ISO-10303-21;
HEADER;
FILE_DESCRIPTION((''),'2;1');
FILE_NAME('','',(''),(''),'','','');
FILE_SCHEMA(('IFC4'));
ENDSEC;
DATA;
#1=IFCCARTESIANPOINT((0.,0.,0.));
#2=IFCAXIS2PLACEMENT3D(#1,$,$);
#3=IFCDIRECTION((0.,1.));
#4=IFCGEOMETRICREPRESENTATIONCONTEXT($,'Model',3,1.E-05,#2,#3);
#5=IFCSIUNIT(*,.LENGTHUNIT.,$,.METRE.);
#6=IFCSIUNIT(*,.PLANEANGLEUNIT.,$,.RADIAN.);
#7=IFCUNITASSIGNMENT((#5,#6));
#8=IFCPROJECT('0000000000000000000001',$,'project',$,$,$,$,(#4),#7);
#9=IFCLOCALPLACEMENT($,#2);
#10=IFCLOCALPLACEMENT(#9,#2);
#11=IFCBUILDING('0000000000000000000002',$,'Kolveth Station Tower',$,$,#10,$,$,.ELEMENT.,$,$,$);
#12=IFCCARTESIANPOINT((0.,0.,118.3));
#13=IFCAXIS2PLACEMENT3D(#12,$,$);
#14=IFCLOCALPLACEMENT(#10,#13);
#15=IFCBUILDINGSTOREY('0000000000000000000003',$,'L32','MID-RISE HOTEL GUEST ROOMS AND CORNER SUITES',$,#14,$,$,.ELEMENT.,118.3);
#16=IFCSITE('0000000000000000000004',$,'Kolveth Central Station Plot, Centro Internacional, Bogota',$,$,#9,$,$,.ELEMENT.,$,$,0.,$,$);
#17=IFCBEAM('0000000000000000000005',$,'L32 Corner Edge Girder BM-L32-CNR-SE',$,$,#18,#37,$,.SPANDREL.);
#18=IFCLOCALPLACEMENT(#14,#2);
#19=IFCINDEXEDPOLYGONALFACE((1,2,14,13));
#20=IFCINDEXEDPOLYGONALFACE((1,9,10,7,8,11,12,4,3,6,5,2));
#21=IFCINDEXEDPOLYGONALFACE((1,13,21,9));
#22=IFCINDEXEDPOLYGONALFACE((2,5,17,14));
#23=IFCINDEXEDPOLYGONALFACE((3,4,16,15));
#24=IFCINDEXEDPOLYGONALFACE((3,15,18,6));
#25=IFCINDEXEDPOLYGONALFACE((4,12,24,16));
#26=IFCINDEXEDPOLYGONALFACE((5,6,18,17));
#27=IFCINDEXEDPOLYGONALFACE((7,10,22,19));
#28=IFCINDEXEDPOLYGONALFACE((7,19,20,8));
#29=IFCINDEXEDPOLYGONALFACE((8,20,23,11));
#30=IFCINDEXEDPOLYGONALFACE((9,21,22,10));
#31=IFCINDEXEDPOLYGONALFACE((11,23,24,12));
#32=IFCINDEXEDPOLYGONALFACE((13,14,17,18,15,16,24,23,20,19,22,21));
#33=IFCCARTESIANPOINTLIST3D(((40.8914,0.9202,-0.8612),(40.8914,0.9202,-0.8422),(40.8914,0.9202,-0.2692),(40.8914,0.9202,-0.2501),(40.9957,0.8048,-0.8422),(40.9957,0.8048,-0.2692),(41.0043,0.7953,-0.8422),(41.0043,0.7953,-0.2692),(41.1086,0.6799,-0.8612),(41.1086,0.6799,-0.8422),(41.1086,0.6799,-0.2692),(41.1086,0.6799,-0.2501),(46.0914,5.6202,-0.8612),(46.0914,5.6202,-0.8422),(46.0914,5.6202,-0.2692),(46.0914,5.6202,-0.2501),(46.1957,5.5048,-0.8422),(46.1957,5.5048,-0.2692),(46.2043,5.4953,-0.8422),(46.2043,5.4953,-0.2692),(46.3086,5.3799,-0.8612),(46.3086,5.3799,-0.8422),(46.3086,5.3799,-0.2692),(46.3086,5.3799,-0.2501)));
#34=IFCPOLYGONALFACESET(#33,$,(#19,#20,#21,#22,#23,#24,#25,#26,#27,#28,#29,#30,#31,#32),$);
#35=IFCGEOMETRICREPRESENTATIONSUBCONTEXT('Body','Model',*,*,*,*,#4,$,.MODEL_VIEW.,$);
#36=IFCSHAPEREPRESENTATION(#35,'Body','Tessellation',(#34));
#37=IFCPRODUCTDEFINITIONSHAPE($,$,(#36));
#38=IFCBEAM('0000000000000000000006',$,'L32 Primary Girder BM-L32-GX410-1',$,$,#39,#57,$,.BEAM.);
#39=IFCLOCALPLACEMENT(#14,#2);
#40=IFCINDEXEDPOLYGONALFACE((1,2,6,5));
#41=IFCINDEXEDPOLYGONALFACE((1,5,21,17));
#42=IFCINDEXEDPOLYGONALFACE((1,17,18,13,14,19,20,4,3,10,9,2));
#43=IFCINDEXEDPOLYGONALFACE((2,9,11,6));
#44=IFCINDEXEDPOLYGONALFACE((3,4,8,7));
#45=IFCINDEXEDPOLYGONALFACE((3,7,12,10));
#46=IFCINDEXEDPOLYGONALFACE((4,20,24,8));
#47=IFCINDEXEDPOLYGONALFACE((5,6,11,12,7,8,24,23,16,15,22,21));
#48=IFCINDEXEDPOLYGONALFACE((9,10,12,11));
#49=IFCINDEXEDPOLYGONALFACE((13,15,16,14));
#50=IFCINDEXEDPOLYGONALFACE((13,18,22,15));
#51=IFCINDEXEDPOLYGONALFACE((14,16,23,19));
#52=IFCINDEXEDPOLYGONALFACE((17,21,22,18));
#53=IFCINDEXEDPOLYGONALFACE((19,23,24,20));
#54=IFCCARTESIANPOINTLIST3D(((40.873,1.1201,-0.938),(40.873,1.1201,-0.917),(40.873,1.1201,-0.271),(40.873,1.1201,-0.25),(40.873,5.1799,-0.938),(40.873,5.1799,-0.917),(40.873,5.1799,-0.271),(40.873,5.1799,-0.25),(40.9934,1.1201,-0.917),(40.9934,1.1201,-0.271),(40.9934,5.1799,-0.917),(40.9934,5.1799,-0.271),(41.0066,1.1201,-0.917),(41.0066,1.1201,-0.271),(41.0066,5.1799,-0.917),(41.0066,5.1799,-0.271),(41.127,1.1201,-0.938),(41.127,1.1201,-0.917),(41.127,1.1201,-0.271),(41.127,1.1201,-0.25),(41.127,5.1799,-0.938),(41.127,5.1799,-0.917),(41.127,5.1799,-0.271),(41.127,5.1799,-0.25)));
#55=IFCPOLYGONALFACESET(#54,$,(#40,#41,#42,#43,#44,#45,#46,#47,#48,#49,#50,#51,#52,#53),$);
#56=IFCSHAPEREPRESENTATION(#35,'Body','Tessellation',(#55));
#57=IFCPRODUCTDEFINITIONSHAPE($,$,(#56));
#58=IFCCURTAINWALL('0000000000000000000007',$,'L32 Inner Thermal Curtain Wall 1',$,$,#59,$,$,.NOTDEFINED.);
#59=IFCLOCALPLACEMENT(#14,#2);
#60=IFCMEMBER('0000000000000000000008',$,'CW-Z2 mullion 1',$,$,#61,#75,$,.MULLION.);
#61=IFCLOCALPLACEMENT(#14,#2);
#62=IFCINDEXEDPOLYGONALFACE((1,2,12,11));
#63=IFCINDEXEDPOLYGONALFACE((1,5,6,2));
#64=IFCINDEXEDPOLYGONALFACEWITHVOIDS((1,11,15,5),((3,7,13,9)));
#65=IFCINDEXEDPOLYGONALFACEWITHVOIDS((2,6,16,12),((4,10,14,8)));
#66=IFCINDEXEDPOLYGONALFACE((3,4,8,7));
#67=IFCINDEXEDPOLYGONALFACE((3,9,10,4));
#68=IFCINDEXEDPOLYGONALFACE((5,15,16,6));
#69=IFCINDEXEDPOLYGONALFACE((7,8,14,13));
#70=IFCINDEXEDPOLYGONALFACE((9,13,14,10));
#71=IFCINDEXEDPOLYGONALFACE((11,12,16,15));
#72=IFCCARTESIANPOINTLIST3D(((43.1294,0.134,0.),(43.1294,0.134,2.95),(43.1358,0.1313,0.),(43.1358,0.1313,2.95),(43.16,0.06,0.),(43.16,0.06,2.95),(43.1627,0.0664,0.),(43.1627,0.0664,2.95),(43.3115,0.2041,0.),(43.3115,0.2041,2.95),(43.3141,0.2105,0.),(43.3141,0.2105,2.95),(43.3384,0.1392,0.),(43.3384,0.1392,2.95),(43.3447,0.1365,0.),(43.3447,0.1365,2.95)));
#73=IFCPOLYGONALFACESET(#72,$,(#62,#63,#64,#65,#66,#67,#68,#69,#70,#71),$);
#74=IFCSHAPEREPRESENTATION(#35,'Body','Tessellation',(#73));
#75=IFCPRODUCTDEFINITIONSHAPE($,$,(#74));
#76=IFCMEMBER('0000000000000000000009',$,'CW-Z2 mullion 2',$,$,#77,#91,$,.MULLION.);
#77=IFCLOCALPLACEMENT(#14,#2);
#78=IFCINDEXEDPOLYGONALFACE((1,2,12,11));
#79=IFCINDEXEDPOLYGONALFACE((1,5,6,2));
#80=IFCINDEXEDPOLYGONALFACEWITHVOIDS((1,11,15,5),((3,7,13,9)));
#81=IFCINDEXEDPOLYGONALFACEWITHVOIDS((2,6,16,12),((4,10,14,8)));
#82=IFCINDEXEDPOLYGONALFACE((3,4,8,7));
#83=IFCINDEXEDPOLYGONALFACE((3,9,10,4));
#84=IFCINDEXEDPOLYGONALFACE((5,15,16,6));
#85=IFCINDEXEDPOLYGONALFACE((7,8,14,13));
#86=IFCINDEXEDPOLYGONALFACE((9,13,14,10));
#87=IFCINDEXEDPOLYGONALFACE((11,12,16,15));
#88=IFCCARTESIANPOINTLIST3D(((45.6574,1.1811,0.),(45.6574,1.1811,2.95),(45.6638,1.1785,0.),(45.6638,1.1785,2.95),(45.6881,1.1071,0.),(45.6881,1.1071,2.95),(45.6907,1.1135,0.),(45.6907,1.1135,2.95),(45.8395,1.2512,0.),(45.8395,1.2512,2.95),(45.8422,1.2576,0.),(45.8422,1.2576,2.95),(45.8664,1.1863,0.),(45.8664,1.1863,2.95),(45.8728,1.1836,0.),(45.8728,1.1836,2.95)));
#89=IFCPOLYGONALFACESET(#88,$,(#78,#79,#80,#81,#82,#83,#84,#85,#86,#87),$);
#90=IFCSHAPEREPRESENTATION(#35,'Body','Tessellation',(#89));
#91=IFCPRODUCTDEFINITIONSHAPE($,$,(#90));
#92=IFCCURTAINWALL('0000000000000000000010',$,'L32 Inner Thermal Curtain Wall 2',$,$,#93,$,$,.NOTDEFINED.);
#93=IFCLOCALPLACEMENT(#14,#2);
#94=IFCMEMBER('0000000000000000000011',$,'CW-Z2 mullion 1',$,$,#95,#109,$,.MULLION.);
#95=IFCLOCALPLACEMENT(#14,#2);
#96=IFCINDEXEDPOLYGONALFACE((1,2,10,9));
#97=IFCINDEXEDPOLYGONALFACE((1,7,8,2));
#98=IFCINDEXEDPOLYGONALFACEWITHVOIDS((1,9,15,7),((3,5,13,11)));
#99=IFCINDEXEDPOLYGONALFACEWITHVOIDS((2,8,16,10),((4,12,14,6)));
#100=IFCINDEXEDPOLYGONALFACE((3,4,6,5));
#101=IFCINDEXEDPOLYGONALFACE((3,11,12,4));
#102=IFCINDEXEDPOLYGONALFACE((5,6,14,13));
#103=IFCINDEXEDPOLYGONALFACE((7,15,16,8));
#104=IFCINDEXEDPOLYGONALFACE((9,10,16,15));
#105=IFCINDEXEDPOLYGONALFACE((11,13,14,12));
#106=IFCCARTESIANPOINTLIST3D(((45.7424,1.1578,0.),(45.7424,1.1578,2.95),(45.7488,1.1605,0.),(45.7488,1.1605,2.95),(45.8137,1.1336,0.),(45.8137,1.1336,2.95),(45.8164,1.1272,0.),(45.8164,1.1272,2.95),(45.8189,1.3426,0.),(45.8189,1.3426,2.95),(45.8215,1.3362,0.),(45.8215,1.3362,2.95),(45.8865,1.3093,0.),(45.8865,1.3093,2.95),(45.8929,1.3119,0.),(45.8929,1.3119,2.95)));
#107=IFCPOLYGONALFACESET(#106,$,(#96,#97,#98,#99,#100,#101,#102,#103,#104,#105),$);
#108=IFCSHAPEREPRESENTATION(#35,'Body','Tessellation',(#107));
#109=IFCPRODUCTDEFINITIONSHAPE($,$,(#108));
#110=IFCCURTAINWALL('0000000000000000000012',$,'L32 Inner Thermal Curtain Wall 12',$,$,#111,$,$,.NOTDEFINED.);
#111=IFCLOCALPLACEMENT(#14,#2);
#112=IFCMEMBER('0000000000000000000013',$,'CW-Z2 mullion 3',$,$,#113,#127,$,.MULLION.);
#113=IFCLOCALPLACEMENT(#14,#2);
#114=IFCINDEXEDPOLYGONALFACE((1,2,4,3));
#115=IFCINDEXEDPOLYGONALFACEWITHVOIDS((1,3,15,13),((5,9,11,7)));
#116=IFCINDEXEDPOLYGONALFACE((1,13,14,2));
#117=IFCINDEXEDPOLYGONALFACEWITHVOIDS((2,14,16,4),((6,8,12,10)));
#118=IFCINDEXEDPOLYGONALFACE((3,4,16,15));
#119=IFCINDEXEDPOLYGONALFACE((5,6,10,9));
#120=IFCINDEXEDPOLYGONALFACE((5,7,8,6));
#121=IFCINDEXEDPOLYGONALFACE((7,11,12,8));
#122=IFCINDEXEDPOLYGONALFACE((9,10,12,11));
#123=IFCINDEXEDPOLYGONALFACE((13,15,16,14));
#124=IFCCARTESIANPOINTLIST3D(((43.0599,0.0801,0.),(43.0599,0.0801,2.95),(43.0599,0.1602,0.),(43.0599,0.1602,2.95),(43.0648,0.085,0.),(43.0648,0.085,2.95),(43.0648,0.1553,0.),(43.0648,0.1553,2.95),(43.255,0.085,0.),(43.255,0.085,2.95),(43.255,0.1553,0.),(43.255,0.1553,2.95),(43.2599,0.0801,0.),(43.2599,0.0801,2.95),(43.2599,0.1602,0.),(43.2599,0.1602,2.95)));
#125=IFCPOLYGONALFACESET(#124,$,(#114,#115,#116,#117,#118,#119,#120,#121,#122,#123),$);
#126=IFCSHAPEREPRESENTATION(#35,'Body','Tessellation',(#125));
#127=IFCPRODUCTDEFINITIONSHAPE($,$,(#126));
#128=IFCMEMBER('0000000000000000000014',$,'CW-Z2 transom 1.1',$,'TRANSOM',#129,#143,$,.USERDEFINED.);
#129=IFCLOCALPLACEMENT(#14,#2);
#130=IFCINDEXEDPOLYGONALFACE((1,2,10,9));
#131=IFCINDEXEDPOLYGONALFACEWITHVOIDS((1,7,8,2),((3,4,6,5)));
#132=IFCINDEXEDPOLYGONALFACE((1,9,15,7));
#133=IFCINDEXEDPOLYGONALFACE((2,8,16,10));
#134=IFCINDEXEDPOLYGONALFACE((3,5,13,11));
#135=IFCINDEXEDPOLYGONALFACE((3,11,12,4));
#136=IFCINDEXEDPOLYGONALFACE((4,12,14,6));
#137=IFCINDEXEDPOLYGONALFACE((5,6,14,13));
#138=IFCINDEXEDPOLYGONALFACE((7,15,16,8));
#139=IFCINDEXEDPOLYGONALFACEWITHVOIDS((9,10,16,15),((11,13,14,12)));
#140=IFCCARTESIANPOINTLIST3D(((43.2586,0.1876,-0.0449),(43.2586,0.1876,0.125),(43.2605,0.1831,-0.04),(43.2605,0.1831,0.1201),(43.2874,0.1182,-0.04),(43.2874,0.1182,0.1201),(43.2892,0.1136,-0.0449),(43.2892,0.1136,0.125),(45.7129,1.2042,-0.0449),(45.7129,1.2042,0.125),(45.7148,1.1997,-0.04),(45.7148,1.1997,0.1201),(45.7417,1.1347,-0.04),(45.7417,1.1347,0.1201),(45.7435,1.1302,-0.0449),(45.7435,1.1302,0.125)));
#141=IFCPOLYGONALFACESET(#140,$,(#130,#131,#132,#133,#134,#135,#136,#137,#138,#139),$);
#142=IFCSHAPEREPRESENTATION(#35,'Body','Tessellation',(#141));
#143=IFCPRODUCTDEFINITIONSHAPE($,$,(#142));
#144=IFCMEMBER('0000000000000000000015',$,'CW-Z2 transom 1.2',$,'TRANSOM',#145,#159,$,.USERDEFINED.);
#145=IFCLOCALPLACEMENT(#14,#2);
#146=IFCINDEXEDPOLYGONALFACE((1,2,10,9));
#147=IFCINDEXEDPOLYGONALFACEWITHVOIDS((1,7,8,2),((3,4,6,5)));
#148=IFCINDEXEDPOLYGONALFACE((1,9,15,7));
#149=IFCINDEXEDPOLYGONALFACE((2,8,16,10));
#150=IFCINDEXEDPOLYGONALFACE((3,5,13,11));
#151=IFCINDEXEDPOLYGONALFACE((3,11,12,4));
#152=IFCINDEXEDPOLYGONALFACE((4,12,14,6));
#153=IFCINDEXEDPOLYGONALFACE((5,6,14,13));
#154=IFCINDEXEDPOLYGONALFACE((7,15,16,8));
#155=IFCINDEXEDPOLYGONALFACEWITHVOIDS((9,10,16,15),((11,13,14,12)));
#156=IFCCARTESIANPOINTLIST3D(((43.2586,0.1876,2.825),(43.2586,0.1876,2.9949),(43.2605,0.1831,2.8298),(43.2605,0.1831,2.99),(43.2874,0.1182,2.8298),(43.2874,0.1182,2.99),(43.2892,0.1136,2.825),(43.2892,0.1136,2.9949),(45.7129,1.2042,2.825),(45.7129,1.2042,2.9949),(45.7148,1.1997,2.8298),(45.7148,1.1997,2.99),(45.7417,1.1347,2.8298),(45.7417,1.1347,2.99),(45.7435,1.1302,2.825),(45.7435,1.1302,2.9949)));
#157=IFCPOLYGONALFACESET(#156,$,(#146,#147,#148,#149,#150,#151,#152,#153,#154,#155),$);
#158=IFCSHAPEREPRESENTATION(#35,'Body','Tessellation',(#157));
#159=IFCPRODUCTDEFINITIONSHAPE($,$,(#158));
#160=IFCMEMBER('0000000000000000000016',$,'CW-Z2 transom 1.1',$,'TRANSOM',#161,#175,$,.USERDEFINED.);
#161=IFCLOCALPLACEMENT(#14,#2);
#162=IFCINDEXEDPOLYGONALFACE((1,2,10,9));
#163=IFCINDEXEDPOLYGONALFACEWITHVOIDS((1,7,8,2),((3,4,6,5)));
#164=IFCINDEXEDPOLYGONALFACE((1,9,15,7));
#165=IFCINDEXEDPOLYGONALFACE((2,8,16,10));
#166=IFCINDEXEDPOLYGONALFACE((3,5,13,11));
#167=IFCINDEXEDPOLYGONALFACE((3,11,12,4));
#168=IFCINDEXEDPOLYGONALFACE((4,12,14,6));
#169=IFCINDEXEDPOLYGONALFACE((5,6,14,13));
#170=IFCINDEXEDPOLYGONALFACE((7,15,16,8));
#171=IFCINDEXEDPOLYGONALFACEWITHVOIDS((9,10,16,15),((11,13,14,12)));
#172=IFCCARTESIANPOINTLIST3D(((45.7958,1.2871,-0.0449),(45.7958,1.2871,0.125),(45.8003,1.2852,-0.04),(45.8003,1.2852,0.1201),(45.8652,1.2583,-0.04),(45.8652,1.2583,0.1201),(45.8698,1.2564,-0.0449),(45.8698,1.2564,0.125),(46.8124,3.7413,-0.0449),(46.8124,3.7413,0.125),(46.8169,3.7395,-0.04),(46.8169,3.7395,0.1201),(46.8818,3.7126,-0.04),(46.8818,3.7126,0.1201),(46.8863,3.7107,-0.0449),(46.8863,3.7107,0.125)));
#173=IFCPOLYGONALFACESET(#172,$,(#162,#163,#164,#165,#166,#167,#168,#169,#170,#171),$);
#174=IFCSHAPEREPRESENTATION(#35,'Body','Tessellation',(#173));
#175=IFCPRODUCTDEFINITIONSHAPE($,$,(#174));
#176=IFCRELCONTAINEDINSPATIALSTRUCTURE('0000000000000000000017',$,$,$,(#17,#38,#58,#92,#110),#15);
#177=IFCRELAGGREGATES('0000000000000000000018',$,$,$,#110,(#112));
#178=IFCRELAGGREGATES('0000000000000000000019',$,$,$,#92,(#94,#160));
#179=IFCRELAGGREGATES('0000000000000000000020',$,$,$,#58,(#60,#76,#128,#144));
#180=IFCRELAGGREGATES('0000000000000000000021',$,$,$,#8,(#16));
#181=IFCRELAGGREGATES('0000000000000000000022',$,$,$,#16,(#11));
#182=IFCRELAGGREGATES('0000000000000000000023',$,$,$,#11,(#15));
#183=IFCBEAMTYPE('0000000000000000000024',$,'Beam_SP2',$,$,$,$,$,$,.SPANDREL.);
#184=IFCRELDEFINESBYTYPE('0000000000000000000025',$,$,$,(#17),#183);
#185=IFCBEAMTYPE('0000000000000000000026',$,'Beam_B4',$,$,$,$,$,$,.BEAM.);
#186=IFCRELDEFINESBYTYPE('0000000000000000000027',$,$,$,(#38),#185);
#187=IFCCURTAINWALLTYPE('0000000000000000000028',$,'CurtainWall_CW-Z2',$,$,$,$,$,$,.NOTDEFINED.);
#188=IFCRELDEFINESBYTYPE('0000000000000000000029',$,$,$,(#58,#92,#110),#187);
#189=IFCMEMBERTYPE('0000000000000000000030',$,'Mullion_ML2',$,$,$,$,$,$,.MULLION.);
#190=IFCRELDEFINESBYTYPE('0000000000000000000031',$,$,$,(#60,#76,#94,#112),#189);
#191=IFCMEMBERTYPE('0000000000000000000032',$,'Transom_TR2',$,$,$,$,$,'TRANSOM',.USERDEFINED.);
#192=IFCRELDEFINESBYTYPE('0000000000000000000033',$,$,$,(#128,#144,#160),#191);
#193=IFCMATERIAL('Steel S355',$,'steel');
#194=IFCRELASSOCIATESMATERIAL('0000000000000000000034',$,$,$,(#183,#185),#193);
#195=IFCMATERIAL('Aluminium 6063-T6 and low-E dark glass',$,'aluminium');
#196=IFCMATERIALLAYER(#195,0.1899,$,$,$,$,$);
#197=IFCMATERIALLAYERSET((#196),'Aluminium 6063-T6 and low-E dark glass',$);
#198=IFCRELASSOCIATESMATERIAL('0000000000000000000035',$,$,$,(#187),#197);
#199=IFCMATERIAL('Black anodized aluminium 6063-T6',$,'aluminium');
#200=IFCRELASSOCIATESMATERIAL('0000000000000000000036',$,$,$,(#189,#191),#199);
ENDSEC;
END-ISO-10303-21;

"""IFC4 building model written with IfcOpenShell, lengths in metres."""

from ifc_helpers import new_model, si_unit, direction, frame, origin, origin_2d, place, context, subcontext, project, spatial, hollow_rectangle, i_section, extrude, source, transform, mapped, material, layer, layer_set, material_profile, profile_set, type_object, element, aggregate, save


model = new_model("IFC4")

# Units and contexts
model_context = context("Model", 3, precision=1e-05, world=origin(), true_north=direction((0.0, 1.0)))
body_context = subcontext(model_context, "Body", "Model", "MODEL_VIEW")
ifc_project = project(units=[si_unit("LENGTHUNIT", "METRE"), si_unit("PLANEANGLEUNIT", "RADIAN")], contexts=[model_context])

# Site, building, storey
site_placement = place(None, origin())
site = spatial("IfcSite", under=ifc_project, at=site_placement, Name="Kolveth Central Station Plot, Centro Internacional, Bogota", CompositionType="ELEMENT", RefElevation=0.0)
building_placement = place(site_placement, origin())
building = spatial("IfcBuilding", under=site, at=building_placement, Name="Kolveth Station Tower", CompositionType="ELEMENT")
storey_placement = place(building_placement, frame((0.0, 0.0, 118.3)))
storey = spatial("IfcBuildingStorey", under=building, at=storey_placement, Name="L32", Description="MID-RISE HOTEL GUEST ROOMS AND CORNER SUITES", CompositionType="ELEMENT", Elevation=118.3)

# Beams
ifc_material_1 = material(Name="Steel S355", Category="steel")
ifc_material_profile_1 = material_profile(ifc_material_1, i_section(OverallWidth=0.324, OverallDepth=0.6111, WebThickness=0.0127, FlangeThickness=0.019, at=origin_2d()), Name="W610x155")
ifc_profile_set_1 = profile_set([ifc_material_profile_1], Name="Steel S355")
beam_type_1 = type_object("IfcBeamType", Name="Beam_SP2", PredefinedType="SPANDREL", material=ifc_profile_set_1)
shared_shape_1 = source(origin(), body_context, "Body", "SweptSolid", [
    extrude(i_section(OverallWidth=0.324, OverallDepth=0.6111, WebThickness=0.0127, FlangeThickness=0.019, at=origin_2d()), origin(), (0.0, 0.0, 1.0), 7.0093),
])
beam_1_placement = place(storey_placement, frame((41.0, 0.8, -0.5557), z_axis=(0.741874, 0.670539, 0.0), x_axis=(-0.670539, 0.741874, 0.0)))
element("IfcBeam", 1, at=beam_1_placement, inside=storey, type_object=beam_type_1, Name="L32 Corner Edge Girder BM-L32-CNR-SE", PredefinedType="SPANDREL", context=body_context, shape_type="MappedRepresentation", body=[
    mapped(shared_shape_1, transform((0.0, 0.0, 0.0), x_axis=(1.0, 0.0, 0.0), y_axis=(0.0, 1.0, 0.0), z_axis=(0.0, 0.0, 1.0), scale=1.0)),
])
ifc_material_profile_2 = material_profile(ifc_material_1, i_section(OverallWidth=0.2539, OverallDepth=0.688, WebThickness=0.0132, FlangeThickness=0.021, at=origin_2d()), Name="W690x152")
ifc_profile_set_2 = profile_set([ifc_material_profile_2], Name="Steel S355")
beam_type_2 = type_object("IfcBeamType", Name="Beam_B4", PredefinedType="BEAM", material=ifc_profile_set_2)
shared_shape_2 = source(origin(), body_context, "Body", "SweptSolid", [
    extrude(i_section(OverallWidth=0.2539, OverallDepth=0.688, WebThickness=0.0132, FlangeThickness=0.021, at=origin_2d()), origin(), (0.0, 0.0, 1.0), 4.0598),
])
beam_2_placement = place(storey_placement, frame((41.0, 1.1201, -0.594), z_axis=(0.0, 1.0, 0.0), x_axis=(-1.0, 0.0, 0.0)))
element("IfcBeam", 2, at=beam_2_placement, inside=storey, type_object=beam_type_2, Name="L32 Primary Girder BM-L32-GX410-1", PredefinedType="BEAM", context=body_context, shape_type="MappedRepresentation", body=[
    mapped(shared_shape_2, transform((0.0, 0.0, 0.0), x_axis=(1.0, 0.0, 0.0), y_axis=(0.0, 1.0, 0.0), z_axis=(0.0, 0.0, 1.0), scale=1.0)),
])

# Curtain wall, members
ifc_material_2 = material(Name="Aluminium 6063-T6 and low-E dark glass", Category="aluminium")
ifc_layer_1 = layer(ifc_material_2, 0.1899)
ifc_layer_set_1 = layer_set([ifc_layer_1], Name="Aluminium 6063-T6 and low-E dark glass")
curtain_wall_type_1 = type_object("IfcCurtainWallType", Name="CurtainWall_CW-Z2", PredefinedType="NOTDEFINED", material=ifc_layer_set_1)
curtain_wall_1_placement = place(storey_placement, origin())
curtain_wall_1 = element("IfcCurtainWall", 3, at=curtain_wall_1_placement, inside=storey, type_object=curtain_wall_type_1, Name="L32 Inner Thermal Curtain Wall 1", PredefinedType="NOTDEFINED")
ifc_material_3 = material(Name="Black anodized aluminium 6063-T6", Category="aluminium")
ifc_material_profile_3 = material_profile(ifc_material_3, hollow_rectangle(XDim=0.0801, YDim=0.2, WallThickness=0.0049, at=origin_2d()), Name="ALU-80x200x5")
ifc_profile_set_3 = profile_set([ifc_material_profile_3], Name="Black anodized aluminium 6063-T6")
member_type_1 = type_object("IfcMemberType", Name="Mullion_ML2", PredefinedType="MULLION", material=ifc_profile_set_3)
shared_shape_3 = source(origin(), body_context, "Body", "SweptSolid", [
    extrude(hollow_rectangle(XDim=0.0801, YDim=0.2, WallThickness=0.0049, at=origin_2d()), origin(), (0.0, 0.0, 1.0), 2.95),
])
member_1_placement = place(storey_placement, frame((43.2371, 0.1353, 0.0), z_axis=(0.0, 0.0, 1.0), x_axis=(-0.382663, 0.923888, 0.0)))
member_1 = element("IfcMember", 4, at=member_1_placement, type_object=member_type_1, Name="CW-Z2 mullion 1", PredefinedType="MULLION", context=body_context, shape_type="MappedRepresentation", body=[
    mapped(shared_shape_3, transform((0.0, 0.0, 0.0), x_axis=(1.0, 0.0, 0.0), y_axis=(0.0, 1.0, 0.0), z_axis=(0.0, 0.0, 1.0), scale=1.0)),
])
member_2_placement = place(storey_placement, frame((45.7651, 1.1824, 0.0), z_axis=(0.0, 0.0, 1.0), x_axis=(-0.382663, 0.923888, 0.0)))
member_2 = element("IfcMember", 5, at=member_2_placement, type_object=member_type_1, Name="CW-Z2 mullion 2", PredefinedType="MULLION", context=body_context, shape_type="MappedRepresentation", body=[
    mapped(shared_shape_3, transform((0.0, 0.0, 0.0), x_axis=(1.0, 0.0, 0.0), y_axis=(0.0, 1.0, 0.0), z_axis=(0.0, 0.0, 1.0), scale=1.0)),
])

# Curtain walls, members
curtain_wall_2_placement = place(storey_placement, origin())
curtain_wall_2 = element("IfcCurtainWall", 6, at=curtain_wall_2_placement, inside=storey, type_object=curtain_wall_type_1, Name="L32 Inner Thermal Curtain Wall 2", PredefinedType="NOTDEFINED")
member_3_placement = place(storey_placement, frame((45.8176, 1.2349, 0.0), z_axis=(0.0, 0.0, 1.0), x_axis=(-0.923888, 0.382663, 0.0)))
member_3 = element("IfcMember", 7, at=member_3_placement, type_object=member_type_1, Name="CW-Z2 mullion 1", PredefinedType="MULLION", context=body_context, shape_type="MappedRepresentation", body=[
    mapped(shared_shape_3, transform((0.0, 0.0, 0.0), x_axis=(1.0, 0.0, 0.0), y_axis=(0.0, 1.0, 0.0), z_axis=(0.0, 0.0, 1.0), scale=1.0)),
])
curtain_wall_3_placement = place(storey_placement, origin())
curtain_wall_3 = element("IfcCurtainWall", 8, at=curtain_wall_3_placement, inside=storey, type_object=curtain_wall_type_1, Name="L32 Inner Thermal Curtain Wall 12", PredefinedType="NOTDEFINED")
member_4_placement = place(storey_placement, frame((43.1599, 0.1201, 0.0), z_axis=(0.0, 0.0, 1.0), x_axis=(0.0, 1.0, 0.0)))
member_4 = element("IfcMember", 9, at=member_4_placement, type_object=member_type_1, Name="CW-Z2 mullion 3", PredefinedType="MULLION", context=body_context, shape_type="MappedRepresentation", body=[
    mapped(shared_shape_3, transform((0.0, 0.0, 0.0), x_axis=(1.0, 0.0, 0.0), y_axis=(0.0, 1.0, 0.0), z_axis=(0.0, 0.0, 1.0), scale=1.0)),
])
aggregate(curtain_wall_3, [member_4])

# Members
ifc_material_profile_4 = material_profile(ifc_material_3, hollow_rectangle(XDim=0.0801, YDim=0.1699, WallThickness=0.0049, at=origin_2d()), Name="ALU-80x170x5")
ifc_profile_set_4 = profile_set([ifc_material_profile_4], Name="Black anodized aluminium 6063-T6")
member_type_2 = type_object("IfcMemberType", Name="Transom_TR2", ElementType="TRANSOM", PredefinedType="USERDEFINED", material=ifc_profile_set_4)
shared_shape_4 = source(origin(), body_context, "Body", "SweptSolid", [
    extrude(hollow_rectangle(XDim=0.0801, YDim=0.1699, WallThickness=0.0049, at=origin_2d()), origin(), (0.0, 0.0, 1.0), 2.6565),
])
member_5_placement = place(storey_placement, frame((43.2739, 0.1506, 0.04), z_axis=(0.923882, 0.382676, 0.0), x_axis=(-0.382676, 0.923882, 0.0)))
member_5 = element("IfcMember", 10, at=member_5_placement, type_object=member_type_2, Name="CW-Z2 transom 1.1", ObjectType="TRANSOM", PredefinedType="USERDEFINED", context=body_context, shape_type="MappedRepresentation", body=[
    mapped(shared_shape_4, transform((0.0, 0.0, 0.0), x_axis=(1.0, 0.0, 0.0), y_axis=(0.0, 1.0, 0.0), z_axis=(0.0, 0.0, 1.0), scale=1.0)),
])
member_6_placement = place(storey_placement, frame((43.2739, 0.1506, 2.9099), z_axis=(0.923882, 0.382676, 0.0), x_axis=(-0.382676, 0.923882, 0.0)))
member_6 = element("IfcMember", 11, at=member_6_placement, type_object=member_type_2, Name="CW-Z2 transom 1.2", ObjectType="TRANSOM", PredefinedType="USERDEFINED", context=body_context, shape_type="MappedRepresentation", body=[
    mapped(shared_shape_4, transform((0.0, 0.0, 0.0), x_axis=(1.0, 0.0, 0.0), y_axis=(0.0, 1.0, 0.0), z_axis=(0.0, 0.0, 1.0), scale=1.0)),
])
member_7_placement = place(storey_placement, frame((45.8328, 1.2717, 0.04), z_axis=(0.382676, 0.923882, 0.0), x_axis=(-0.923882, 0.382676, 0.0)))
member_7 = element("IfcMember", 12, at=member_7_placement, type_object=member_type_2, Name="CW-Z2 transom 1.1", ObjectType="TRANSOM", PredefinedType="USERDEFINED", context=body_context, shape_type="MappedRepresentation", body=[
    mapped(shared_shape_4, transform((0.0, 0.0, 0.0), x_axis=(1.0, 0.0, 0.0), y_axis=(0.0, 1.0, 0.0), z_axis=(0.0, 0.0, 1.0), scale=1.0)),
])
aggregate(curtain_wall_2, [member_3, member_7])

aggregate(curtain_wall_1, [member_1, member_2, member_5, member_6])

save(model, "model.ifc")
